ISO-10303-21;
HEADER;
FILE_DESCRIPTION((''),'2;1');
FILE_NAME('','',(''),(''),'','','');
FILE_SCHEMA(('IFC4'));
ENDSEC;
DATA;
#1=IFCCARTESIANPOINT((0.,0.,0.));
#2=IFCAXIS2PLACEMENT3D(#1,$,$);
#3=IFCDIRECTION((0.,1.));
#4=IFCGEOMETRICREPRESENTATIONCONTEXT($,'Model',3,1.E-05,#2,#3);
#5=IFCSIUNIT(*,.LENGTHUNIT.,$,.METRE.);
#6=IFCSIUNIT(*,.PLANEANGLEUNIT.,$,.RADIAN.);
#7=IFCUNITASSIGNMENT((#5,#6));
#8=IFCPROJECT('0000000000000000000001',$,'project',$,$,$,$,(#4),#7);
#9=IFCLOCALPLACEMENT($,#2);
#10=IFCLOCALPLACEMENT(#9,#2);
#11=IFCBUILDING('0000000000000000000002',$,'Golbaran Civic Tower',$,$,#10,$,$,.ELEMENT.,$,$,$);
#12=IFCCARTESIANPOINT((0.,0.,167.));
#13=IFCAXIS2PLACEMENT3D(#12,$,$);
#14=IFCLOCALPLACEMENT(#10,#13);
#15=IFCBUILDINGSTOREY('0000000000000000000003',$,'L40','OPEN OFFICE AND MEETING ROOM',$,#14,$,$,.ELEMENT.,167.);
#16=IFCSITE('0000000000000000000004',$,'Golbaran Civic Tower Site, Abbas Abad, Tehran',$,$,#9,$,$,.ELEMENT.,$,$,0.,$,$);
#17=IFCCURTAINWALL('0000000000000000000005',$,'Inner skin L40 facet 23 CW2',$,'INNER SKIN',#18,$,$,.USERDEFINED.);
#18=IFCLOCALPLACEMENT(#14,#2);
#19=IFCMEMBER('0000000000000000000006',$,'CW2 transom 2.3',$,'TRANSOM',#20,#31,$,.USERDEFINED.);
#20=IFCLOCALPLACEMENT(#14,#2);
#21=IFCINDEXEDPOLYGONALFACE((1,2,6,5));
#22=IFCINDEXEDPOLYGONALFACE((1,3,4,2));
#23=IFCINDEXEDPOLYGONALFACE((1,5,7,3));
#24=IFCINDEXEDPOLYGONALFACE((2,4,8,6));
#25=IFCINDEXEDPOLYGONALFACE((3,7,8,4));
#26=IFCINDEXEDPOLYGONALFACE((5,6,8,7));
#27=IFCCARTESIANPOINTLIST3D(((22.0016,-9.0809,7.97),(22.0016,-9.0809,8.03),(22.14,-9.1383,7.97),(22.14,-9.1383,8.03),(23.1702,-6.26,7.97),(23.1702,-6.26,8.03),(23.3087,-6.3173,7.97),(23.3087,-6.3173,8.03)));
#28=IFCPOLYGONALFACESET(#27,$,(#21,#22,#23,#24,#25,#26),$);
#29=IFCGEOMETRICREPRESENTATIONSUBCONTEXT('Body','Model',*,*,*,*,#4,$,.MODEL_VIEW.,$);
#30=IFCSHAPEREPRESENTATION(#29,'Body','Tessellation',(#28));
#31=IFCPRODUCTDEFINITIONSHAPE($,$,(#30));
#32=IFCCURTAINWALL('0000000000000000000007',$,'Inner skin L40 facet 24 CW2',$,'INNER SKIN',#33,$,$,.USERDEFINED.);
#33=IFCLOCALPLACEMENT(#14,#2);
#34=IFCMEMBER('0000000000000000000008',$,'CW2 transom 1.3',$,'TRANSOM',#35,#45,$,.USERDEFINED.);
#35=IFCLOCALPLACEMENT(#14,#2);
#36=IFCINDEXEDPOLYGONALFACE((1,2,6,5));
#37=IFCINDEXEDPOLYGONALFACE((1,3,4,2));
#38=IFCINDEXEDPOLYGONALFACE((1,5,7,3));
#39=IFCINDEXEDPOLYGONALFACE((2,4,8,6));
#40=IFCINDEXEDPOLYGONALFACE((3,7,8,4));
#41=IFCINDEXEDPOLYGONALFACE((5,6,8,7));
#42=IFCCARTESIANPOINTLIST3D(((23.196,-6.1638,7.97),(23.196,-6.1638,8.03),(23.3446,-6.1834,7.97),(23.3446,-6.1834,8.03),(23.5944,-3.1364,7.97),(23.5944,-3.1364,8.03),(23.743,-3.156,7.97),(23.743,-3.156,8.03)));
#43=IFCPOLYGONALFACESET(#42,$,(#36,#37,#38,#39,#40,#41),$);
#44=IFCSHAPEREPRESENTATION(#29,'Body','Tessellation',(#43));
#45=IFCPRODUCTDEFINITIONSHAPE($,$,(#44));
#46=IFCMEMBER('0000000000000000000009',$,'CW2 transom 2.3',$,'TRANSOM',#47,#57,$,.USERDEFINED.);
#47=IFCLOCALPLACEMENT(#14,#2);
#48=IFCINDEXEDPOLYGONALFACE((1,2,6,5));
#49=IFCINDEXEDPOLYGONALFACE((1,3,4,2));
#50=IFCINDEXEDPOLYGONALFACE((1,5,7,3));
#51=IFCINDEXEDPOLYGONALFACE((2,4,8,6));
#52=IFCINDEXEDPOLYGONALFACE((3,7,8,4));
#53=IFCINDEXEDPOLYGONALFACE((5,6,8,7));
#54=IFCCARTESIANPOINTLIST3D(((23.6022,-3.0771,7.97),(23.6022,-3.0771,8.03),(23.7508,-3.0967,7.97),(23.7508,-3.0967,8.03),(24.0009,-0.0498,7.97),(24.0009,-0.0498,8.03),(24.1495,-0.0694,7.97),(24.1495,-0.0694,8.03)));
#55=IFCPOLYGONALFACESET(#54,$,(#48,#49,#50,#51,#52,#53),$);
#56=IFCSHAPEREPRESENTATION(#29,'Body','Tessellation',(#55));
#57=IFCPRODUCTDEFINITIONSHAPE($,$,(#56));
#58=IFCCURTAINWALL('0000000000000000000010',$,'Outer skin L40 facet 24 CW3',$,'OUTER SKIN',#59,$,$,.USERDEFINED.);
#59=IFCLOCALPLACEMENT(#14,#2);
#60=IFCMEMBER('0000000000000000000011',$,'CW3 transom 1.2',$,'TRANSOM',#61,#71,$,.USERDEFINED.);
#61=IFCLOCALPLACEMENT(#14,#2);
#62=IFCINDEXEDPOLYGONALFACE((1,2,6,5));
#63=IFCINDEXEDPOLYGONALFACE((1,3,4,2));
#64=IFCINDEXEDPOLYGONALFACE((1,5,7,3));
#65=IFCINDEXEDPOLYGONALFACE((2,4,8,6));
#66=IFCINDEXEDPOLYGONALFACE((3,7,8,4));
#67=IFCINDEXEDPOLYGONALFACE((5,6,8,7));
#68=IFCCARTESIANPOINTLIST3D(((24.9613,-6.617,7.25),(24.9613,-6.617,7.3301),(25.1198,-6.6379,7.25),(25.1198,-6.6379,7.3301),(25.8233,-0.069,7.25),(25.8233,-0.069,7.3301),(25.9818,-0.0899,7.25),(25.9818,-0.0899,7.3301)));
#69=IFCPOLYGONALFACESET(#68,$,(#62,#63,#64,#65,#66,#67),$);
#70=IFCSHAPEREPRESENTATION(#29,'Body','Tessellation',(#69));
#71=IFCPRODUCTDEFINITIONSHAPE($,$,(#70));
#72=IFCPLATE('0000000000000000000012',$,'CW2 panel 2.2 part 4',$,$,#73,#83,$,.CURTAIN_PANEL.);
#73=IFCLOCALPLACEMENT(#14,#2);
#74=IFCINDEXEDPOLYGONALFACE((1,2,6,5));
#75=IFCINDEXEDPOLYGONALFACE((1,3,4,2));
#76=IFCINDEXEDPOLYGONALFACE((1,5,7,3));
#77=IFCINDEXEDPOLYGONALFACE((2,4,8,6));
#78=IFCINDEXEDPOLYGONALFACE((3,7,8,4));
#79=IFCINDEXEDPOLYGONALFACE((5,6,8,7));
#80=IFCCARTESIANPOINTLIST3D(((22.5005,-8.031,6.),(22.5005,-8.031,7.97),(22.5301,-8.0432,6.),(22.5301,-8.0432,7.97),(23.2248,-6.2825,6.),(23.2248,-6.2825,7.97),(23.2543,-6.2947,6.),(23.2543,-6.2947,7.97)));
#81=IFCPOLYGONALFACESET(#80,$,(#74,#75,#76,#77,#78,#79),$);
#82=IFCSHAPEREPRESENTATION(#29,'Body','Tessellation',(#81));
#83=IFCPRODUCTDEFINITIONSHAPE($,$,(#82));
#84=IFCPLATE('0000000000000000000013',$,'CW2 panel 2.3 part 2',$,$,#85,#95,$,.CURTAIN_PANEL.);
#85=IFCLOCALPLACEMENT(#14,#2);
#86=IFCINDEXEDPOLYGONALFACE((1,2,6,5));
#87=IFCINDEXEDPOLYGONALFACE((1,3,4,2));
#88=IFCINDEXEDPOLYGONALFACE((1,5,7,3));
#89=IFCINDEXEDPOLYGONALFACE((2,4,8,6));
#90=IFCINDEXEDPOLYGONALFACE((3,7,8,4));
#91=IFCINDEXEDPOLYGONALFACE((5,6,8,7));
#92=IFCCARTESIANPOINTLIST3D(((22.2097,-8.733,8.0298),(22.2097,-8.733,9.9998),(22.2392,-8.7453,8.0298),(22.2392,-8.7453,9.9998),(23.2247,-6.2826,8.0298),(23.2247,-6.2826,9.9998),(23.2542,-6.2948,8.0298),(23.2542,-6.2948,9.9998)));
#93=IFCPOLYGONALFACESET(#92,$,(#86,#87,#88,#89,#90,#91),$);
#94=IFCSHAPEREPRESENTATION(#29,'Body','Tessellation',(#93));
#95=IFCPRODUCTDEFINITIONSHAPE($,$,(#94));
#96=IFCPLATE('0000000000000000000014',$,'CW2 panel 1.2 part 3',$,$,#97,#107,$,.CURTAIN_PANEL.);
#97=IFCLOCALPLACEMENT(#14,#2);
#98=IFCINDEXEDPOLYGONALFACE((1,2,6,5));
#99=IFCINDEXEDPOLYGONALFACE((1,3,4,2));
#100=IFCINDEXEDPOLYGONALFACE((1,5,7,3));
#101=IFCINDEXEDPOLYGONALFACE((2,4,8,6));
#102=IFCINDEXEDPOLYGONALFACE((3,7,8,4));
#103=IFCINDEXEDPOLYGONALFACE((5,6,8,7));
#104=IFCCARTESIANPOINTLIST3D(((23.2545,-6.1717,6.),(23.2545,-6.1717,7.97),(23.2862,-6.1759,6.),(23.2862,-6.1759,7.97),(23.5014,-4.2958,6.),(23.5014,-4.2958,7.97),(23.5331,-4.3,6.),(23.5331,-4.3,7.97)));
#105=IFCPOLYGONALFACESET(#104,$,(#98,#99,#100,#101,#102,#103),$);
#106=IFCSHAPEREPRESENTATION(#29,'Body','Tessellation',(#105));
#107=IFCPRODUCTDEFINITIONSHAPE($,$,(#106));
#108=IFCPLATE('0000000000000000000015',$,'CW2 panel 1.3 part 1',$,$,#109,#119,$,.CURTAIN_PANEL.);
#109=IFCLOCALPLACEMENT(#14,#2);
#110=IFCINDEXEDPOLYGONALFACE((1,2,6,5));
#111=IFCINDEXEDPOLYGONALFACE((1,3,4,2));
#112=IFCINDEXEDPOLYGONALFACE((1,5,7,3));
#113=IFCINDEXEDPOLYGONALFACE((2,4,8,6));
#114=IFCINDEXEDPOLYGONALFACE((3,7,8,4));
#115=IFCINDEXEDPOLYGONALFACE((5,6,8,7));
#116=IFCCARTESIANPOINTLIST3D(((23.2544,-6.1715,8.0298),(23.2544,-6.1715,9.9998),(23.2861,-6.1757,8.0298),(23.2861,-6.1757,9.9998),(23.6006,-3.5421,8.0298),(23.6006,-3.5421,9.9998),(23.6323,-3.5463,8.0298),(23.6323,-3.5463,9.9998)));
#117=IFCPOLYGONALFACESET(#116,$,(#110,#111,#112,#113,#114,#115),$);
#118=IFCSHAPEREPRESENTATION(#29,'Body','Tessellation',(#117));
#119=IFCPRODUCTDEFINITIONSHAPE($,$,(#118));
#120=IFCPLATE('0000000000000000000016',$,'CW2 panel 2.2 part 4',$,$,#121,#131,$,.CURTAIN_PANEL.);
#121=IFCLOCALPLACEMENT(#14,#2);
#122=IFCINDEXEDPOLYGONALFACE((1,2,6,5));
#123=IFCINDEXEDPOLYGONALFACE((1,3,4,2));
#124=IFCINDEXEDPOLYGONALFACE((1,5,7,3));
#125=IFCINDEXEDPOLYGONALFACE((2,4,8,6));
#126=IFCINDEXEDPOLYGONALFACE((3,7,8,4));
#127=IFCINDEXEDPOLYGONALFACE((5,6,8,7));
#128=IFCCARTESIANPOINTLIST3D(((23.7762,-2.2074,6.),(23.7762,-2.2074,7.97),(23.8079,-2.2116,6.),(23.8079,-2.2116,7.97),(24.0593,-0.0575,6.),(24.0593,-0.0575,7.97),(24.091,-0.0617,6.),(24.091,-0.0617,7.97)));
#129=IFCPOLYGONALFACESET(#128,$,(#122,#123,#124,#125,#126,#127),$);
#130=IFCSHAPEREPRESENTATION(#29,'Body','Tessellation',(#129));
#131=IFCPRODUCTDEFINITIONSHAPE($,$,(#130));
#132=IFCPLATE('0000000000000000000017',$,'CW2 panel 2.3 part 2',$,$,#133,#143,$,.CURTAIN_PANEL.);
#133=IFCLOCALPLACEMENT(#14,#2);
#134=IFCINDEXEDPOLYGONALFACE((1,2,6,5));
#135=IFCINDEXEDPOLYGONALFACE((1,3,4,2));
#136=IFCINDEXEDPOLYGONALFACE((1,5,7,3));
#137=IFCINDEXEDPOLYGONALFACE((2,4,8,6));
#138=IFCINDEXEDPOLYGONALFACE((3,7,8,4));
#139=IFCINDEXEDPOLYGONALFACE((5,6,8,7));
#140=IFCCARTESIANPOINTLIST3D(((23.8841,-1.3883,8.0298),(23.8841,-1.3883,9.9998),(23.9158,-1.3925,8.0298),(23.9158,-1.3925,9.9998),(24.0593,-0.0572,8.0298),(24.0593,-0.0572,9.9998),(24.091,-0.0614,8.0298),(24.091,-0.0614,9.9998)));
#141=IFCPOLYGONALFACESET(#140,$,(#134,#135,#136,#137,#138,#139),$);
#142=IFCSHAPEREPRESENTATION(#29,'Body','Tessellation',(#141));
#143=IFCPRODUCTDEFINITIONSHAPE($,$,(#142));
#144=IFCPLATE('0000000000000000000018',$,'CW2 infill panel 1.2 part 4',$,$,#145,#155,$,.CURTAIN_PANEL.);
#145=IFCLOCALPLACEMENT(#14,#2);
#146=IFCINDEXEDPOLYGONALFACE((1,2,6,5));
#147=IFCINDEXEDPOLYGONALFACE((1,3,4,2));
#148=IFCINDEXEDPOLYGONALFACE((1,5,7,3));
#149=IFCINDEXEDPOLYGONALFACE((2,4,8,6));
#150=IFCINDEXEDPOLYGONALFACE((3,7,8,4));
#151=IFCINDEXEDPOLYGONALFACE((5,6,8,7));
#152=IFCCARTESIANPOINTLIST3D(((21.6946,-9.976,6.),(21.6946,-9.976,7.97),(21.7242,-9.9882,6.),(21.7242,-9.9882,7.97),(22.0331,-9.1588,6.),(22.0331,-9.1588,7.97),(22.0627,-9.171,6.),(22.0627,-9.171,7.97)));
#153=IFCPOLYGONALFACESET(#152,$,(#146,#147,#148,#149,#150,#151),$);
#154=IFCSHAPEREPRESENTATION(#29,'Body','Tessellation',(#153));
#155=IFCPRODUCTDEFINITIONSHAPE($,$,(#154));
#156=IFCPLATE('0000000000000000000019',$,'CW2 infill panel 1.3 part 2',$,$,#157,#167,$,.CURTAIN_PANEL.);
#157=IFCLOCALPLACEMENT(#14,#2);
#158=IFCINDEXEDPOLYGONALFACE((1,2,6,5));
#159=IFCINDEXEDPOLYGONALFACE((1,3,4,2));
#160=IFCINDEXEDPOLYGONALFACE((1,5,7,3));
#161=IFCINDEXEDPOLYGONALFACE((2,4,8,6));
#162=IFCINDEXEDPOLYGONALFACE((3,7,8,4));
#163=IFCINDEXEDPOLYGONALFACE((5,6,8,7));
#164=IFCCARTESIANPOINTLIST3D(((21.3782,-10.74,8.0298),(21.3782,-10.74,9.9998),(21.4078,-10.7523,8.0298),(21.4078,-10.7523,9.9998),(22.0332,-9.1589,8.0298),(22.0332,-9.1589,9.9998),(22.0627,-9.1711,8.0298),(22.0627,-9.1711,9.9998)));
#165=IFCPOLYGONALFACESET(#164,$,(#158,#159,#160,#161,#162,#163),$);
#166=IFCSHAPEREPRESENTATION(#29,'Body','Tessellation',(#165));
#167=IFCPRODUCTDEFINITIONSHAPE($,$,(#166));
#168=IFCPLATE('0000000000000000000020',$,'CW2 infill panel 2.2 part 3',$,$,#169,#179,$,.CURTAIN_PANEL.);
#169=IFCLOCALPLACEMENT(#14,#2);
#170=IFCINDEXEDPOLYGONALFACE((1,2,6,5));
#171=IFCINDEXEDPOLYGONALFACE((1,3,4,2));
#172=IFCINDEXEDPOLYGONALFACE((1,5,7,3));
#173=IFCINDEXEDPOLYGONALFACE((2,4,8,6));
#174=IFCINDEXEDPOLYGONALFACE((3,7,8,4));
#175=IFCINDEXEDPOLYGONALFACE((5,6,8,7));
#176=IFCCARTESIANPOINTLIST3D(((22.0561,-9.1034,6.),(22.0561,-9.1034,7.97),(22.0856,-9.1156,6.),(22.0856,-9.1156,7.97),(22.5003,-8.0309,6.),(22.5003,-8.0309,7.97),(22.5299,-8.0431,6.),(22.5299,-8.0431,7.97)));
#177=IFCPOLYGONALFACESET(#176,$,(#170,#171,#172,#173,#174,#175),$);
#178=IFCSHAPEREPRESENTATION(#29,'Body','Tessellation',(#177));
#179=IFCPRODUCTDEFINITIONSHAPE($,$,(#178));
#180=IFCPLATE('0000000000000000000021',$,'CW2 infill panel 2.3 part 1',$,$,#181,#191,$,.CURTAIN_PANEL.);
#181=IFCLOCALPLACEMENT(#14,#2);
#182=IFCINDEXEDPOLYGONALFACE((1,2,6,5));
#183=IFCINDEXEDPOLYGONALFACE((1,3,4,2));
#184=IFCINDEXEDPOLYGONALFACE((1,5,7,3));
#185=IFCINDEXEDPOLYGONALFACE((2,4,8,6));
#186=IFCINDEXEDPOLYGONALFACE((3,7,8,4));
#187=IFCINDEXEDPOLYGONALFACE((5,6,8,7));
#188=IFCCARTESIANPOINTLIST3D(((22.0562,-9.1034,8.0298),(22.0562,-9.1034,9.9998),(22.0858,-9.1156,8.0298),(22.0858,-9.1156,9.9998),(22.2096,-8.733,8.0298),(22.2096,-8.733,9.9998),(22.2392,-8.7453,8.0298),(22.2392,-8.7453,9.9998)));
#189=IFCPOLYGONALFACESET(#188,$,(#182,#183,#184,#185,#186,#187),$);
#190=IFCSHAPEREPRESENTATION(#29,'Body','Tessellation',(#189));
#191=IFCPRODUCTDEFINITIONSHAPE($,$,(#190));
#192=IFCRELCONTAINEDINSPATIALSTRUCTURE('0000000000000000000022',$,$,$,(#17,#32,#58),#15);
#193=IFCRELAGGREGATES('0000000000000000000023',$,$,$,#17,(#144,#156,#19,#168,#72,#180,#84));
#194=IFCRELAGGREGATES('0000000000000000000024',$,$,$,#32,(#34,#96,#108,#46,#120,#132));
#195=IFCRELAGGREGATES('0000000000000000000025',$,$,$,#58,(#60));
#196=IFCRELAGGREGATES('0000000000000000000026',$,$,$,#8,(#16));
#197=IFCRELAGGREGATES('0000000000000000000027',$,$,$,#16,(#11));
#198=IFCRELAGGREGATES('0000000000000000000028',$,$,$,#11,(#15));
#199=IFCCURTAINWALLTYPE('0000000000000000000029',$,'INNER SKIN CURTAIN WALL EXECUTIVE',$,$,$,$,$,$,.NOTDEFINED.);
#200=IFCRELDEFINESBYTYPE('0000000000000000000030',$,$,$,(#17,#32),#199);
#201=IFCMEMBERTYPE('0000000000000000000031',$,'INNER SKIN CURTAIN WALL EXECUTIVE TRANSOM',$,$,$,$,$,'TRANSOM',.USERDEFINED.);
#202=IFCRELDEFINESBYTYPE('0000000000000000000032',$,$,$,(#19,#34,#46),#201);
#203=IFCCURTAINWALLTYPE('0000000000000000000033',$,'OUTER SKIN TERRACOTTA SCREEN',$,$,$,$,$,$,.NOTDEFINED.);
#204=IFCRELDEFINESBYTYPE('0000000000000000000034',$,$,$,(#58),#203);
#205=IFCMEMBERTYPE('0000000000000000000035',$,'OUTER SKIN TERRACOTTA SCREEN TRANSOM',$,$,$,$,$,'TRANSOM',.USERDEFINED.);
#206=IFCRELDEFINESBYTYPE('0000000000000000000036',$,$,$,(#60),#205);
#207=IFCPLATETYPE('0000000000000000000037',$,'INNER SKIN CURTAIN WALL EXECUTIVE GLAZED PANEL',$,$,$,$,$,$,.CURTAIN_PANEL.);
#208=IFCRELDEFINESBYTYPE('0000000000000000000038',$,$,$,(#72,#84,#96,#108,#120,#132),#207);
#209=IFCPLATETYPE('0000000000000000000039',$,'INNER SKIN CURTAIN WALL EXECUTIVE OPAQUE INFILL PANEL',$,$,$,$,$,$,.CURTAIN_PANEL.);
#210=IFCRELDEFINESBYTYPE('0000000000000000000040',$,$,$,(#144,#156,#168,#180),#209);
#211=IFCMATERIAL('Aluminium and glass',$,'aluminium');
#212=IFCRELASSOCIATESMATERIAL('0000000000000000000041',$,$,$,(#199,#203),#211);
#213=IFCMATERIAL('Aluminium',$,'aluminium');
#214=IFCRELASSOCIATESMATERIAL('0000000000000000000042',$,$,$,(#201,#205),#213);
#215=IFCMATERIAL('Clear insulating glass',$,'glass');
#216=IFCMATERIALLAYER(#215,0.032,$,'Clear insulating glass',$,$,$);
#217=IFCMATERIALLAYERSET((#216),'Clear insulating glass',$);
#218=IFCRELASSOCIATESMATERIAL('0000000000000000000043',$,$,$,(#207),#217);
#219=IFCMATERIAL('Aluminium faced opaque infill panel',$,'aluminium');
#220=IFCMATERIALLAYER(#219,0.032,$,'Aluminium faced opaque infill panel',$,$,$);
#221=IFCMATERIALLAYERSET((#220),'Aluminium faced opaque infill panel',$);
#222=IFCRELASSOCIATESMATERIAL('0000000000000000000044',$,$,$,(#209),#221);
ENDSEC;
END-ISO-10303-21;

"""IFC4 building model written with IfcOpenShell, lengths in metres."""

from ifc_helpers import new_model, si_unit, direction, frame, origin, origin_2d, place, context, subcontext, project, spatial, rectangle, extrude, material, layer, layer_set, material_profile, profile_set, type_object, element, aggregate, save


model = new_model("IFC4")

# Units and contexts
model_context = context("Model", 3, precision=1e-05, world=origin(), true_north=direction((0.0, 1.0)))
body_context = subcontext(model_context, "Body", "Model", "MODEL_VIEW")
ifc_project = project(units=[si_unit("LENGTHUNIT", "METRE"), si_unit("PLANEANGLEUNIT", "RADIAN")], contexts=[model_context])

# Site, building, storey
site_placement = place(None, origin())
site = spatial("IfcSite", under=ifc_project, at=site_placement, Name="Golbaran Civic Tower Site, Abbas Abad, Tehran", CompositionType="ELEMENT", RefElevation=0.0)
building_placement = place(site_placement, origin())
building = spatial("IfcBuilding", under=site, at=building_placement, Name="Golbaran Civic Tower", CompositionType="ELEMENT")
storey_placement = place(building_placement, frame((0.0, 0.0, 167.0)))
storey = spatial("IfcBuildingStorey", under=building, at=storey_placement, Name="L40", Description="OPEN OFFICE AND MEETING ROOM", CompositionType="ELEMENT", Elevation=167.0)

# Curtain wall, member
ifc_material_1 = material(Name="Aluminium and glass", Category="aluminium")
curtain_wall_type_1 = type_object("IfcCurtainWallType", Name="INNER SKIN CURTAIN WALL EXECUTIVE", PredefinedType="NOTDEFINED", material=ifc_material_1)
curtain_wall_1_placement = place(storey_placement, origin())
curtain_wall_1 = element("IfcCurtainWall", 1, at=curtain_wall_1_placement, inside=storey, type_object=curtain_wall_type_1, Name="Inner skin L40 facet 23 CW2", ObjectType="INNER SKIN", PredefinedType="USERDEFINED")
ifc_material_2 = material(Name="Aluminium", Category="aluminium")
ifc_material_profile_1 = material_profile(ifc_material_2, rectangle(XDim=0.1499, YDim=0.0601, at=origin_2d()), Name="INNER SKIN CURTAIN WALL EXECUTIVE TRANSOM")
ifc_profile_set_1 = profile_set([ifc_material_profile_1], Name="Aluminium")
member_type_1 = type_object("IfcMemberType", Name="INNER SKIN CURTAIN WALL EXECUTIVE TRANSOM", ElementType="TRANSOM", PredefinedType="USERDEFINED", material=ifc_profile_set_1)
member_1_placement = place(storey_placement, frame((22.0708, -9.1096, 8.0), z_axis=(0.382735, 0.923858, 0.0), x_axis=(-0.923858, 0.382735, 0.0)))
member_1 = element("IfcMember", 2, at=member_1_placement, type_object=member_type_1, Name="CW2 transom 2.3", ObjectType="TRANSOM", PredefinedType="USERDEFINED", context=body_context, shape_type="SweptSolid", body=[
    extrude(rectangle(XDim=0.1499, YDim=0.0601, at=origin_2d()), origin(), (0.0, 0.0, 1.0), 3.0535),
])

# Curtain wall, members
curtain_wall_2_placement = place(storey_placement, origin())
curtain_wall_2 = element("IfcCurtainWall", 3, at=curtain_wall_2_placement, inside=storey, type_object=curtain_wall_type_1, Name="Inner skin L40 facet 24 CW2", ObjectType="INNER SKIN", PredefinedType="USERDEFINED")
member_2_placement = place(storey_placement, frame((23.2703, -6.1736, 8.0), z_axis=(0.130488, 0.99145, 0.0), x_axis=(-0.99145, 0.130488, 0.0)))
member_2 = element("IfcMember", 4, at=member_2_placement, type_object=member_type_1, Name="CW2 transom 1.3", ObjectType="TRANSOM", PredefinedType="USERDEFINED", context=body_context, shape_type="SweptSolid", body=[
    extrude(rectangle(XDim=0.1499, YDim=0.0601, at=origin_2d()), origin(), (0.0, 0.0, 1.0), 3.0535),
])
member_3_placement = place(storey_placement, frame((23.6765, -3.0869, 8.0), z_axis=(0.130566, 0.99144, 0.0), x_axis=(-0.99144, 0.130566, 0.0)))
member_3 = element("IfcMember", 5, at=member_3_placement, type_object=member_type_1, Name="CW2 transom 2.3", ObjectType="TRANSOM", PredefinedType="USERDEFINED", context=body_context, shape_type="SweptSolid", body=[
    extrude(rectangle(XDim=0.1499, YDim=0.0601, at=origin_2d()), origin(), (0.0, 0.0, 1.0), 3.0535),
])

# Curtain wall, member
curtain_wall_type_2 = type_object("IfcCurtainWallType", Name="OUTER SKIN TERRACOTTA SCREEN", PredefinedType="NOTDEFINED", material=ifc_material_1)
curtain_wall_3_placement = place(storey_placement, origin())
curtain_wall_3 = element("IfcCurtainWall", 6, at=curtain_wall_3_placement, inside=storey, type_object=curtain_wall_type_2, Name="Outer skin L40 facet 24 CW3", ObjectType="OUTER SKIN", PredefinedType="USERDEFINED")
ifc_material_profile_2 = material_profile(ifc_material_2, rectangle(XDim=0.1599, YDim=0.0801, at=origin_2d()), Name="OUTER SKIN TERRACOTTA SCREEN TRANSOM")
ifc_profile_set_2 = profile_set([ifc_material_profile_2], Name="Aluminium")
member_type_2 = type_object("IfcMemberType", Name="OUTER SKIN TERRACOTTA SCREEN TRANSOM", ElementType="TRANSOM", PredefinedType="USERDEFINED", material=ifc_profile_set_2)
member_4_placement = place(storey_placement, frame((25.0405, -6.6274, 7.29), z_axis=(0.130524, 0.991445, 0.0), x_axis=(-0.991445, 0.130524, 0.0)))
member_4 = element("IfcMember", 7, at=member_4_placement, type_object=member_type_2, Name="CW3 transom 1.2", ObjectType="TRANSOM", PredefinedType="USERDEFINED", context=body_context, shape_type="SweptSolid", body=[
    extrude(rectangle(XDim=0.1599, YDim=0.0801, at=origin_2d()), origin(), (0.0, 0.0, 1.0), 6.6045),
])

# Plates
ifc_material_3 = material(Name="Clear insulating glass", Category="glass")
ifc_layer_1 = layer(ifc_material_3, 0.032, Name="Clear insulating glass")
ifc_layer_set_1 = layer_set([ifc_layer_1], Name="Clear insulating glass")
plate_type_1 = type_object("IfcPlateType", Name="INNER SKIN CURTAIN WALL EXECUTIVE GLAZED PANEL", PredefinedType="CURTAIN_PANEL", material=ifc_layer_set_1)
plate_1_placement = place(storey_placement, frame((22.8774, -7.1628, 6.0), z_axis=(0.0, 0.0, 1.0), x_axis=(0.382683, 0.92388, 0.0)))
plate_1 = element("IfcPlate", 8, at=plate_1_placement, type_object=plate_type_1, Name="CW2 panel 2.2 part 4", PredefinedType="CURTAIN_PANEL", context=body_context, shape_type="SweptSolid", body=[
    extrude(rectangle(XDim=1.8926, YDim=0.032, at=origin_2d()), origin(), (0.0, 0.0, 1.0), 1.97),
])
plate_2_placement = place(storey_placement, frame((22.7319, -7.5139, 8.0298), z_axis=(0.0, 0.0, 1.0), x_axis=(0.382683, 0.92388, 0.0)))
plate_2 = element("IfcPlate", 9, at=plate_2_placement, type_object=plate_type_1, Name="CW2 panel 2.3 part 2", PredefinedType="CURTAIN_PANEL", context=body_context, shape_type="SweptSolid", body=[
    extrude(rectangle(XDim=2.6523, YDim=0.032, at=origin_2d()), origin(), (0.0, 0.0, 1.0), 1.97),
])
plate_3_placement = place(storey_placement, frame((23.3938, -5.2358, 6.0), z_axis=(0.0, 0.0, 1.0), x_axis=(0.130526, 0.991445, 0.0)))
plate_3 = element("IfcPlate", 10, at=plate_3_placement, type_object=plate_type_1, Name="CW2 panel 1.2 part 3", PredefinedType="CURTAIN_PANEL", context=body_context, shape_type="SweptSolid", body=[
    extrude(rectangle(XDim=1.8921, YDim=0.032, at=origin_2d()), origin(), (0.0, 0.0, 1.0), 1.97),
])
plate_4_placement = place(storey_placement, frame((23.4434, -4.8589, 8.0298), z_axis=(0.0, 0.0, 1.0), x_axis=(0.130526, 0.991445, 0.0)))
plate_4 = element("IfcPlate", 11, at=plate_4_placement, type_object=plate_type_1, Name="CW2 panel 1.3 part 1", PredefinedType="CURTAIN_PANEL", context=body_context, shape_type="SweptSolid", body=[
    extrude(rectangle(XDim=2.6521, YDim=0.032, at=origin_2d()), origin(), (0.0, 0.0, 1.0), 1.97),
])
plate_5_placement = place(storey_placement, frame((23.9336, -1.1345, 6.0), z_axis=(0.0, 0.0, 1.0), x_axis=(0.130526, 0.991445, 0.0)))
plate_5 = element("IfcPlate", 12, at=plate_5_placement, type_object=plate_type_1, Name="CW2 panel 2.2 part 4", PredefinedType="CURTAIN_PANEL", context=body_context, shape_type="SweptSolid", body=[
    extrude(rectangle(XDim=2.1685, YDim=0.032, at=origin_2d()), origin(), (0.0, 0.0, 1.0), 1.97),
])
plate_6_placement = place(storey_placement, frame((23.9875, -0.7249, 8.0298), z_axis=(0.0, 0.0, 1.0), x_axis=(0.130526, 0.991445, 0.0)))
plate_6 = element("IfcPlate", 13, at=plate_6_placement, type_object=plate_type_1, Name="CW2 panel 2.3 part 2", PredefinedType="CURTAIN_PANEL", context=body_context, shape_type="SweptSolid", body=[
    extrude(rectangle(XDim=1.3425, YDim=0.032, at=origin_2d()), origin(), (0.0, 0.0, 1.0), 1.97),
])
ifc_material_4 = material(Name="Aluminium faced opaque infill panel", Category="aluminium")
ifc_layer_2 = layer(ifc_material_4, 0.032, Name="Aluminium faced opaque infill panel")
ifc_layer_set_2 = layer_set([ifc_layer_2], Name="Aluminium faced opaque infill panel")
plate_type_2 = type_object("IfcPlateType", Name="INNER SKIN CURTAIN WALL EXECUTIVE OPAQUE INFILL PANEL", PredefinedType="CURTAIN_PANEL", material=ifc_layer_set_2)
plate_7_placement = place(storey_placement, frame((21.8787, -9.5735, 6.0), z_axis=(0.0, 0.0, 1.0), x_axis=(0.382683, 0.92388, 0.0)))
plate_7 = element("IfcPlate", 14, at=plate_7_placement, type_object=plate_type_2, Name="CW2 infill panel 1.2 part 4", PredefinedType="CURTAIN_PANEL", context=body_context, shape_type="SweptSolid", body=[
    extrude(rectangle(XDim=0.8845, YDim=0.032, at=origin_2d()), origin(), (0.0, 0.0, 1.0), 1.97),
])
plate_8_placement = place(storey_placement, frame((21.7205, -9.9556, 8.0298), z_axis=(0.0, 0.0, 1.0), x_axis=(0.382683, 0.92388, 0.0)))
plate_8 = element("IfcPlate", 15, at=plate_8_placement, type_object=plate_type_2, Name="CW2 infill panel 1.3 part 2", PredefinedType="CURTAIN_PANEL", context=body_context, shape_type="SweptSolid", body=[
    extrude(rectangle(XDim=1.7114, YDim=0.032, at=origin_2d()), origin(), (0.0, 0.0, 1.0), 1.97),
])
plate_9_placement = place(storey_placement, frame((22.293, -8.5732, 6.0), z_axis=(0.0, 0.0, 1.0), x_axis=(0.382683, 0.92388, 0.0)))
plate_9 = element("IfcPlate", 16, at=plate_9_placement, type_object=plate_type_2, Name="CW2 infill panel 2.2 part 3", PredefinedType="CURTAIN_PANEL", context=body_context, shape_type="SweptSolid", body=[
    extrude(rectangle(XDim=1.1609, YDim=0.032, at=origin_2d()), origin(), (0.0, 0.0, 1.0), 1.97),
])
plate_10_placement = place(storey_placement, frame((22.1477, -8.9243, 8.0298), z_axis=(0.0, 0.0, 1.0), x_axis=(0.382683, 0.92388, 0.0)))
plate_10 = element("IfcPlate", 17, at=plate_10_placement, type_object=plate_type_2, Name="CW2 infill panel 2.3 part 1", PredefinedType="CURTAIN_PANEL", context=body_context, shape_type="SweptSolid", body=[
    extrude(rectangle(XDim=0.4009, YDim=0.032, at=origin_2d()), origin(), (0.0, 0.0, 1.0), 1.97),
])
aggregate(curtain_wall_1, [plate_7, plate_8, member_1, plate_9, plate_1, plate_10, plate_2])
aggregate(curtain_wall_2, [member_2, plate_3, plate_4, member_3, plate_5, plate_6])
aggregate(curtain_wall_3, [member_4])

save(model, "model.ifc")
